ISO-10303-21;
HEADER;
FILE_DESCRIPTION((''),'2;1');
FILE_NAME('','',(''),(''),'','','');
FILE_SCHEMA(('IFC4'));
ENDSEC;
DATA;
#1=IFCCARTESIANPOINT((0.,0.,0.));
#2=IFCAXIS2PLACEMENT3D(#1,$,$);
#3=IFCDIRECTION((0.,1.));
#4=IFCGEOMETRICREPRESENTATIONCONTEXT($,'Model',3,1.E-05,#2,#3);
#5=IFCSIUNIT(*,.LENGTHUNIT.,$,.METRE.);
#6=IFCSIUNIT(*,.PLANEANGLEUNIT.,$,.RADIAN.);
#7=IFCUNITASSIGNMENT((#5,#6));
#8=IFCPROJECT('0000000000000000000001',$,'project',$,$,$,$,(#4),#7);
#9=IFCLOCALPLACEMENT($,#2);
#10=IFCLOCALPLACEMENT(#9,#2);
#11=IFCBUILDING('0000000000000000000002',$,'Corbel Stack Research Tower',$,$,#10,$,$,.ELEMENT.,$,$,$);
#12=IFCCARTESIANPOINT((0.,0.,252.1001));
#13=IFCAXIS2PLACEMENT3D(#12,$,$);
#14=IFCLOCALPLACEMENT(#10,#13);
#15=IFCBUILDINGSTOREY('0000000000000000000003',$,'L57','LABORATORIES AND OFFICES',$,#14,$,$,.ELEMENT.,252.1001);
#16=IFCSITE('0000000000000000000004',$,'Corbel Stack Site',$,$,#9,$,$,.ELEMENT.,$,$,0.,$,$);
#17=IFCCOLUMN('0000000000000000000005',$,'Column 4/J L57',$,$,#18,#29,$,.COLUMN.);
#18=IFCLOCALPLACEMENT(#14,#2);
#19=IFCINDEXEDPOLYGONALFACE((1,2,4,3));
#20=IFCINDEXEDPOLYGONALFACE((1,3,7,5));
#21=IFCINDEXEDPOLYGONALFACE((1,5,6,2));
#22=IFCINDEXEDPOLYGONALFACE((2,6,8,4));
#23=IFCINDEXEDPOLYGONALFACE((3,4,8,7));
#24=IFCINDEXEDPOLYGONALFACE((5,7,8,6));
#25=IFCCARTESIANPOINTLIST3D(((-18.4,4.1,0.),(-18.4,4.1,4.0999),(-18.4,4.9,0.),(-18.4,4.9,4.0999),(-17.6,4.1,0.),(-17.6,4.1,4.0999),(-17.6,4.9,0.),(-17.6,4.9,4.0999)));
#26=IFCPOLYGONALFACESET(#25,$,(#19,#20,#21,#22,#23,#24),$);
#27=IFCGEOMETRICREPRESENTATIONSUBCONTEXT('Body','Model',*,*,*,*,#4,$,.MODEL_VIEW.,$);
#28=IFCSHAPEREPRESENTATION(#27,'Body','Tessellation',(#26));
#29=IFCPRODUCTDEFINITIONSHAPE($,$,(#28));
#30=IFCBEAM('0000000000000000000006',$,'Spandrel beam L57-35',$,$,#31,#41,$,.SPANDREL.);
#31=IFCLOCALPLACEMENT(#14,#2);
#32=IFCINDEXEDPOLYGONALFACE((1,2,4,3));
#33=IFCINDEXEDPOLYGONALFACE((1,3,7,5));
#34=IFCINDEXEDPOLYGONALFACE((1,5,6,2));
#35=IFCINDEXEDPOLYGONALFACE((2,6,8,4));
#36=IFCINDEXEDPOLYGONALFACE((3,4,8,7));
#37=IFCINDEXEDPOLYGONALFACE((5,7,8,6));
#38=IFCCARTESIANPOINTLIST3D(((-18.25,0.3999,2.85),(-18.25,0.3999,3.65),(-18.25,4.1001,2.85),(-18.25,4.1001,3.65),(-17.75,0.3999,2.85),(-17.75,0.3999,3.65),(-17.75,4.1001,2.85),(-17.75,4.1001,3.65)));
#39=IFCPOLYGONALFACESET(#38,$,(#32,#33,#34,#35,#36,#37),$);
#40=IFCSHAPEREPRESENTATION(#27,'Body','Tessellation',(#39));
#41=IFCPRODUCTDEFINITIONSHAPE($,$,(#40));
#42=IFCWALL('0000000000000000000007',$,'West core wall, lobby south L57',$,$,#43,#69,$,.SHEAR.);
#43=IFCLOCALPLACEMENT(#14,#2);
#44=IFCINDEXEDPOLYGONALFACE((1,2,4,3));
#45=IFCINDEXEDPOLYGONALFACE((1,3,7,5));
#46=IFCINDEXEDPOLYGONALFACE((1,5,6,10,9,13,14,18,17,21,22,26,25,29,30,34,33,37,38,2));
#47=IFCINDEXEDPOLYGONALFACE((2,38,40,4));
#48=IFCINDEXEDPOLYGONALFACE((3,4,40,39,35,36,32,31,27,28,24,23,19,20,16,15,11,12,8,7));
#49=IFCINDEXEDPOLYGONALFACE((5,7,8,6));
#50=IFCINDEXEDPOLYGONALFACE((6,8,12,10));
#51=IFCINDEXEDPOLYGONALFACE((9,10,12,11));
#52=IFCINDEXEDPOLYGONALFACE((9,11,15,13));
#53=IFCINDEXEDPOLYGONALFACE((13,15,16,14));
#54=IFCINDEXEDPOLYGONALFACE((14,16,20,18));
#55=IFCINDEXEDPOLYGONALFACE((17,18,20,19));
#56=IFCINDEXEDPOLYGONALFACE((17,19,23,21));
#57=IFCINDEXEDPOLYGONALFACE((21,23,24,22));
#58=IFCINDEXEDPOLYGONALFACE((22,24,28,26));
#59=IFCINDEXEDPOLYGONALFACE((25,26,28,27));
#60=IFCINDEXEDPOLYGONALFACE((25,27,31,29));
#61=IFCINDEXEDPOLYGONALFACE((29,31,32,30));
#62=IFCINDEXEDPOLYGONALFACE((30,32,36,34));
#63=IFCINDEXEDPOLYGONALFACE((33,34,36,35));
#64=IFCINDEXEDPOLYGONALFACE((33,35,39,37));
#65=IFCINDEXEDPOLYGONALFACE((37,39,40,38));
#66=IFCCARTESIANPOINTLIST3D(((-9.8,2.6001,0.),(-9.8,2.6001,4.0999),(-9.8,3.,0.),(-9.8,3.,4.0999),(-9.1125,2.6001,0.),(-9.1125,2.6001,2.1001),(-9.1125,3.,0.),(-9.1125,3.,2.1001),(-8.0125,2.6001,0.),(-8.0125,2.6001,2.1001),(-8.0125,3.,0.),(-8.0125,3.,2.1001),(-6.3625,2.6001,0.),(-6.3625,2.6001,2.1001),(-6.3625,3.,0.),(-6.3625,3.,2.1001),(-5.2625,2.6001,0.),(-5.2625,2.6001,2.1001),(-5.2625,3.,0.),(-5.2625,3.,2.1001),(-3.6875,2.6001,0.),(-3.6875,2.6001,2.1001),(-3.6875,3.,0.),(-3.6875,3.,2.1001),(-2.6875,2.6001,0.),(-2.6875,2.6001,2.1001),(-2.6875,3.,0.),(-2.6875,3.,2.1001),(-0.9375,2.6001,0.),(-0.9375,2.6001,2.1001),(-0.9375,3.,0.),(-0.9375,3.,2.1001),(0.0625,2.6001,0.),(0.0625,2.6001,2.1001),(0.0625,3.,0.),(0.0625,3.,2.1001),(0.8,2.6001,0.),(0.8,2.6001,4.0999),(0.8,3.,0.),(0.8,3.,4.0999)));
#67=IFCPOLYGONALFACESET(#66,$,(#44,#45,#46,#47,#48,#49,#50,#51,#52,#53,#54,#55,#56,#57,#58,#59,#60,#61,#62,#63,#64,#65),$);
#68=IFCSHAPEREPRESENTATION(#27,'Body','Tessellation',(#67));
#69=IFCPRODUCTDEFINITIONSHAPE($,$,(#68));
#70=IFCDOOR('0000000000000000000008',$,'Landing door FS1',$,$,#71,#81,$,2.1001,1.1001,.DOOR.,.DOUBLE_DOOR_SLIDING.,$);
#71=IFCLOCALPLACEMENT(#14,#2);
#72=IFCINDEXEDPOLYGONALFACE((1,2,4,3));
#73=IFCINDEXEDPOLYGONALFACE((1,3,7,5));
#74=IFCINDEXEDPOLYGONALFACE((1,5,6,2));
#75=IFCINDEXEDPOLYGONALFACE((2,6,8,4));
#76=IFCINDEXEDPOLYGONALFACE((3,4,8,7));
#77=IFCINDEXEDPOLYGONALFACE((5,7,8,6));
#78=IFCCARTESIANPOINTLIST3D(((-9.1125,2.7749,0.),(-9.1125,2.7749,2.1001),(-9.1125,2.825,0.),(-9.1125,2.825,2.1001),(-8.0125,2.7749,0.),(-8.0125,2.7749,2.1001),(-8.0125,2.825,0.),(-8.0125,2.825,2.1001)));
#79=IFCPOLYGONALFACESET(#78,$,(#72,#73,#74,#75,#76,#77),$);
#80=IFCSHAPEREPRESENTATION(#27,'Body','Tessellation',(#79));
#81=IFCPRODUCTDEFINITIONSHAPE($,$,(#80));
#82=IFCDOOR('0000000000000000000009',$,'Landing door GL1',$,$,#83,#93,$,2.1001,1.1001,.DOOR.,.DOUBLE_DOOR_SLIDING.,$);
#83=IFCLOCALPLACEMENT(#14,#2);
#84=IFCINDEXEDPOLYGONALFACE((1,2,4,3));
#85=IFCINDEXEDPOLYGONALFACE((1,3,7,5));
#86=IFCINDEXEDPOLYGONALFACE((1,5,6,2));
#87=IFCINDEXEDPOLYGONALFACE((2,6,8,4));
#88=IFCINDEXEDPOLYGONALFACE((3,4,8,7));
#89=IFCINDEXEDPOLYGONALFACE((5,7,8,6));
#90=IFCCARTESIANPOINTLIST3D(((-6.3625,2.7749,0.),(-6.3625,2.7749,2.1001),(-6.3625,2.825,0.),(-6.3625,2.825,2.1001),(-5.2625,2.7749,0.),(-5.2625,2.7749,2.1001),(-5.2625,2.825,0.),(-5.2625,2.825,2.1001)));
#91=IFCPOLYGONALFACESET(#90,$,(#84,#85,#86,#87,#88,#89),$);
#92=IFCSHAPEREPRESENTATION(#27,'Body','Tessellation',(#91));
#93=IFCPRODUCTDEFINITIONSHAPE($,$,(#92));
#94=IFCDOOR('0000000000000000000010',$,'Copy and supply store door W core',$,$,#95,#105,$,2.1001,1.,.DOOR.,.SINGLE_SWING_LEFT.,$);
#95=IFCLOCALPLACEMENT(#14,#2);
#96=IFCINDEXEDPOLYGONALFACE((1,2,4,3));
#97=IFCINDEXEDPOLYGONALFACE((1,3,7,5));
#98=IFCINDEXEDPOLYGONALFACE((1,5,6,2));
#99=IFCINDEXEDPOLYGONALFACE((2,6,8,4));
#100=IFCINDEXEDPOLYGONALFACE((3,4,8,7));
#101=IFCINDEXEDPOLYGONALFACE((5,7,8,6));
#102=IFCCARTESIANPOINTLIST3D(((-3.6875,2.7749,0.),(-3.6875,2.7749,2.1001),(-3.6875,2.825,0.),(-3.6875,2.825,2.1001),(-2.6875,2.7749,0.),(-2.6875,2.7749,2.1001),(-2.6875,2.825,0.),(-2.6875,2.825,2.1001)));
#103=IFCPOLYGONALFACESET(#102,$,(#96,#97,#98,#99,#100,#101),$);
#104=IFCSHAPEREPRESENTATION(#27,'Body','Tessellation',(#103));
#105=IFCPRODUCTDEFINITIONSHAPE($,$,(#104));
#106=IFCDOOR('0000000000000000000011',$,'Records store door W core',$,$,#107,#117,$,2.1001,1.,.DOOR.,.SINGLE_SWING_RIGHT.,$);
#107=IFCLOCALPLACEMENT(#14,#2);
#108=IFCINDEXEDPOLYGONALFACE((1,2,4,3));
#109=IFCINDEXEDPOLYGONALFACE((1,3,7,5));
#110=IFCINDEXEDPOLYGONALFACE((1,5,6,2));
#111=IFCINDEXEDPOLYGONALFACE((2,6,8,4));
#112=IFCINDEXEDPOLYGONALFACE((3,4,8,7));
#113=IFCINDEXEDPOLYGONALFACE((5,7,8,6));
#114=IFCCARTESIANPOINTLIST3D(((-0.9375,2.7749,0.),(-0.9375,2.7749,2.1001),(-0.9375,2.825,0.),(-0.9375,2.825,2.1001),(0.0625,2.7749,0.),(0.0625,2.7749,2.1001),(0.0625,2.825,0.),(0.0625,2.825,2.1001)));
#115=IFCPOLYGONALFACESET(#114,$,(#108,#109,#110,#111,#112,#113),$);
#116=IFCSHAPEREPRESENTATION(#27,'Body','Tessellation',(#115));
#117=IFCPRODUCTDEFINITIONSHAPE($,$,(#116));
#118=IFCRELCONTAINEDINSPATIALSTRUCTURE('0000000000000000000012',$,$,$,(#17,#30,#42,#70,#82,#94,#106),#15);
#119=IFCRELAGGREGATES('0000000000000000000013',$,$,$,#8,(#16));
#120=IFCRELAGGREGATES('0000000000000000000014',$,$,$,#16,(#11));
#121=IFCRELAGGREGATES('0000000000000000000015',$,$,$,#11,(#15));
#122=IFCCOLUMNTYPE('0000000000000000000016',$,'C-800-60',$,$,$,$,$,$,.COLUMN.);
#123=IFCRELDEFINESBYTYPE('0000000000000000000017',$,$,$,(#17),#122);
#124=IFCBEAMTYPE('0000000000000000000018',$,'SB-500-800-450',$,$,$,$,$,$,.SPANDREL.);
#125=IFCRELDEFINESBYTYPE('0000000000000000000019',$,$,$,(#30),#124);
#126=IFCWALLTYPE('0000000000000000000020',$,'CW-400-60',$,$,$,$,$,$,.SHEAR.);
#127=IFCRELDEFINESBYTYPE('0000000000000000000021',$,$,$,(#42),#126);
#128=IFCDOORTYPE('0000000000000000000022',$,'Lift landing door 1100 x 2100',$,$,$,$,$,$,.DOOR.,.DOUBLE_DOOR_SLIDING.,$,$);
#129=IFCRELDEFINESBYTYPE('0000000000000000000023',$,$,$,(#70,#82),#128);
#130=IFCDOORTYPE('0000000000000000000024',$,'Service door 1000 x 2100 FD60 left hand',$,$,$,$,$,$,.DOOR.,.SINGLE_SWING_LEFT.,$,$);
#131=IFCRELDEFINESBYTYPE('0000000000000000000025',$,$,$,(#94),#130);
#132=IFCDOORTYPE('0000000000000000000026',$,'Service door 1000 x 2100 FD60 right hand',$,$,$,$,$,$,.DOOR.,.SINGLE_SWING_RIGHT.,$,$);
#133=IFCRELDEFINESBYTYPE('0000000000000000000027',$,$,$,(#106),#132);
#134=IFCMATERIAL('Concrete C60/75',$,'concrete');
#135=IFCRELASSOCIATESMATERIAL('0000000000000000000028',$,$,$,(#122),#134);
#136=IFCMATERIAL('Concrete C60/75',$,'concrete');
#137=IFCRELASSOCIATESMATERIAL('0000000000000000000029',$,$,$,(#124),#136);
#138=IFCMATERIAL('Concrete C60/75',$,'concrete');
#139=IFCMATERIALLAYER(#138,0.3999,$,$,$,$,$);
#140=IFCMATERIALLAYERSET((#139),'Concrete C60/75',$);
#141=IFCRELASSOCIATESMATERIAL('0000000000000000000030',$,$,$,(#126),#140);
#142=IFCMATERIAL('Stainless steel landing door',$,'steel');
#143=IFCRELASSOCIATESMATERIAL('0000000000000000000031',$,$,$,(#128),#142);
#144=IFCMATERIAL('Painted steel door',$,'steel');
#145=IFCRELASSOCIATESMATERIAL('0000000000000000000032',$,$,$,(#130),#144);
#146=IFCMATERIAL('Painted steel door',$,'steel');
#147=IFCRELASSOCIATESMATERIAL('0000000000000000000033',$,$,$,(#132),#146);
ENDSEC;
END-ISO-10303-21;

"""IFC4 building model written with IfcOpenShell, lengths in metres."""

from ifc_helpers import new_model, si_unit, direction, frame, frame_2d, origin, origin_2d, place, context, subcontext, project, spatial, rectangle, extrude, material, layer, layer_set, material_profile, profile_set, type_object, element, fill, save


model = new_model("IFC4")

# Units and contexts
model_context = context("Model", 3, precision=1e-05, world=origin(), true_north=direction((0.0, 1.0)))
body_context = subcontext(model_context, "Body", "Model", "MODEL_VIEW")
ifc_project = project(units=[si_unit("LENGTHUNIT", "METRE"), si_unit("PLANEANGLEUNIT", "RADIAN")], contexts=[model_context])

# Site, building, storey
site_placement = place(None, origin())
site = spatial("IfcSite", under=ifc_project, at=site_placement, Name="Corbel Stack Site", CompositionType="ELEMENT", RefElevation=0.0)
building_placement = place(site_placement, origin())
building = spatial("IfcBuilding", under=site, at=building_placement, Name="Corbel Stack Research Tower", CompositionType="ELEMENT")
storey_placement = place(building_placement, frame((0.0, 0.0, 252.1001)))
storey = spatial("IfcBuildingStorey", under=building, at=storey_placement, Name="L57", Description="LABORATORIES AND OFFICES", CompositionType="ELEMENT", Elevation=252.1001)

# Column
ifc_material_1 = material(Name="Concrete C60/75", Category="concrete")
ifc_material_profile_1 = material_profile(ifc_material_1, rectangle(XDim=0.8, YDim=0.8, at=origin_2d()), Name="RC 800 x 800")
ifc_profile_set_1 = profile_set([ifc_material_profile_1], Name="Concrete C60/75")
column_type = type_object("IfcColumnType", Name="C-800-60", PredefinedType="COLUMN", material=ifc_profile_set_1)
column_placement = place(storey_placement, frame((-18.0, 4.5, 0.0), z_axis=(0.0, 0.0, 1.0), x_axis=(1.0, 0.0, 0.0)))
element("IfcColumn", 1, at=column_placement, inside=storey, type_object=column_type, Name="Column 4/J L57", PredefinedType="COLUMN", context=body_context, shape_type="SweptSolid", body=[
    extrude(rectangle(XDim=0.8, YDim=0.8, at=origin_2d()), origin(), (0.0, 0.0, 1.0), 4.0999),
])

# Beam
ifc_material_2 = material(Name="Concrete C60/75", Category="concrete")
ifc_material_profile_2 = material_profile(ifc_material_2, rectangle(XDim=0.5, YDim=0.8, at=origin_2d()), Name="RC 500 x 800")
ifc_profile_set_2 = profile_set([ifc_material_profile_2], Name="Concrete C60/75")
beam_type = type_object("IfcBeamType", Name="SB-500-800-450", PredefinedType="SPANDREL", material=ifc_profile_set_2)
beam_placement = place(storey_placement, frame((-18.0, 4.1001, 3.25), z_axis=(0.0, -1.0, 0.0), x_axis=(1.0, 0.0, 0.0)))
element("IfcBeam", 2, at=beam_placement, inside=storey, type_object=beam_type, Name="Spandrel beam L57-35", PredefinedType="SPANDREL", context=body_context, shape_type="SweptSolid", body=[
    extrude(rectangle(XDim=0.5, YDim=0.8, at=origin_2d()), origin(), (0.0, 0.0, 1.0), 3.7002),
])

# Wall, openings, doors
ifc_material_3 = material(Name="Concrete C60/75", Category="concrete")
ifc_layer_1 = layer(ifc_material_3, 0.3999)
ifc_layer_set_1 = layer_set([ifc_layer_1], Name="Concrete C60/75")
wall_type_1 = type_object("IfcWallType", Name="CW-400-60", PredefinedType="SHEAR", material=ifc_layer_set_1)
wall_1_placement = place(storey_placement, frame((-9.8, 2.8, 0.0), z_axis=(0.0, 0.0, 1.0), x_axis=(1.0, 0.0, 0.0)))
wall_1 = element("IfcWall", 3, at=wall_1_placement, inside=storey, type_object=wall_type_1, Name="West core wall, lobby south L57", PredefinedType="SHEAR", context=body_context, shape_type="SweptSolid", body=[
    extrude(rectangle(XDim=10.6001, YDim=0.3999, at=frame_2d((5.3, 0.0))), origin(), (0.0, 0.0, 1.0), 4.0999),
])
opening_1_placement = place(wall_1_placement, frame((0.6875, 0.0, 0.0)))
opening_1 = element("IfcOpeningElement", 4, at=opening_1_placement, cuts=wall_1, PredefinedType="OPENING", context=body_context, shape_type="SweptSolid", body=[
    extrude(rectangle(XDim=1.1001, YDim=2.1001, at=frame_2d((0.55, 1.05))), frame((0.0, 0.21, 0.0), z_axis=(0.0, -1.0, 0.0), x_axis=(1.0, 0.0, 0.0)), (0.0, 0.0, 1.0), 0.4199),
])
opening_2_placement = place(wall_1_placement, frame((3.4375, 0.0, 0.0)))
opening_2 = element("IfcOpeningElement", 5, at=opening_2_placement, cuts=wall_1, PredefinedType="OPENING", context=body_context, shape_type="SweptSolid", body=[
    extrude(rectangle(XDim=1.1001, YDim=2.1001, at=frame_2d((0.55, 1.05))), frame((0.0, 0.21, 0.0), z_axis=(0.0, -1.0, 0.0), x_axis=(1.0, 0.0, 0.0)), (0.0, 0.0, 1.0), 0.4199),
])
opening_3_placement = place(wall_1_placement, frame((6.1125, 0.0, 0.0)))
opening_3 = element("IfcOpeningElement", 6, at=opening_3_placement, cuts=wall_1, PredefinedType="OPENING", context=body_context, shape_type="SweptSolid", body=[
    extrude(rectangle(XDim=1.0, YDim=2.1001, at=frame_2d((0.5, 1.05))), frame((0.0, 0.21, 0.0), z_axis=(0.0, -1.0, 0.0), x_axis=(1.0, 0.0, 0.0)), (0.0, 0.0, 1.0), 0.4199),
])
opening_4_placement = place(wall_1_placement, frame((8.8625, 0.0, 0.0)))
opening_4 = element("IfcOpeningElement", 7, at=opening_4_placement, cuts=wall_1, PredefinedType="OPENING", context=body_context, shape_type="SweptSolid", body=[
    extrude(rectangle(XDim=1.0, YDim=2.1001, at=frame_2d((0.5, 1.05))), frame((0.0, 0.21, 0.0), z_axis=(0.0, -1.0, 0.0), x_axis=(1.0, 0.0, 0.0)), (0.0, 0.0, 1.0), 0.4199),
])
ifc_material_4 = material(Name="Stainless steel landing door", Category="steel")
door_type_1 = type_object("IfcDoorType", Name="Lift landing door 1100 x 2100", OperationType="DOUBLE_DOOR_SLIDING", PredefinedType="DOOR", material=ifc_material_4)
door_1_placement = place(opening_1_placement, origin())
door_1 = element("IfcDoor", 8, at=door_1_placement, inside=storey, type_object=door_type_1, Name="Landing door FS1", OperationType="DOUBLE_DOOR_SLIDING", OverallHeight=2.1001, OverallWidth=1.1001, PredefinedType="DOOR", context=body_context, shape_type="SweptSolid", body=[
    extrude(rectangle(XDim=1.1001, YDim=2.1001, at=frame_2d((0.55, 1.05))), frame((0.0, 0.0249, 0.0), z_axis=(0.0, -1.0, 0.0), x_axis=(1.0, 0.0, 0.0)), (0.0, 0.0, 1.0), 0.05),
])
fill(opening_1, door_1)
door_2_placement = place(opening_2_placement, origin())
door_2 = element("IfcDoor", 9, at=door_2_placement, inside=storey, type_object=door_type_1, Name="Landing door GL1", OperationType="DOUBLE_DOOR_SLIDING", OverallHeight=2.1001, OverallWidth=1.1001, PredefinedType="DOOR", context=body_context, shape_type="SweptSolid", body=[
    extrude(rectangle(XDim=1.1001, YDim=2.1001, at=frame_2d((0.55, 1.05))), frame((0.0, 0.0249, 0.0), z_axis=(0.0, -1.0, 0.0), x_axis=(1.0, 0.0, 0.0)), (0.0, 0.0, 1.0), 0.05),
])
fill(opening_2, door_2)
ifc_material_5 = material(Name="Painted steel door", Category="steel")
door_type_2 = type_object("IfcDoorType", Name="Service door 1000 x 2100 FD60 left hand", OperationType="SINGLE_SWING_LEFT", PredefinedType="DOOR", material=ifc_material_5)
door_3_placement = place(opening_3_placement, origin())
door_3 = element("IfcDoor", 10, at=door_3_placement, inside=storey, type_object=door_type_2, Name="Copy and supply store door W core", OperationType="SINGLE_SWING_LEFT", OverallHeight=2.1001, OverallWidth=1.0, PredefinedType="DOOR", context=body_context, shape_type="SweptSolid", body=[
    extrude(rectangle(XDim=1.0, YDim=2.1001, at=frame_2d((0.5, 1.05))), frame((0.0, 0.0249, 0.0), z_axis=(0.0, -1.0, 0.0), x_axis=(1.0, 0.0, 0.0)), (0.0, 0.0, 1.0), 0.05),
])
fill(opening_3, door_3)
ifc_material_6 = material(Name="Painted steel door", Category="steel")
door_type_3 = type_object("IfcDoorType", Name="Service door 1000 x 2100 FD60 right hand", OperationType="SINGLE_SWING_RIGHT", PredefinedType="DOOR", material=ifc_material_6)
door_4_placement = place(opening_4_placement, origin())
door_4 = element("IfcDoor", 11, at=door_4_placement, inside=storey, type_object=door_type_3, Name="Records store door W core", OperationType="SINGLE_SWING_RIGHT", OverallHeight=2.1001, OverallWidth=1.0, PredefinedType="DOOR", context=body_context, shape_type="SweptSolid", body=[
    extrude(rectangle(XDim=1.0, YDim=2.1001, at=frame_2d((0.5, 1.05))), frame((0.0, 0.0249, 0.0), z_axis=(0.0, -1.0, 0.0), x_axis=(1.0, 0.0, 0.0)), (0.0, 0.0, 1.0), 0.05),
])
fill(opening_4, door_4)

save(model, "model.ifc")
